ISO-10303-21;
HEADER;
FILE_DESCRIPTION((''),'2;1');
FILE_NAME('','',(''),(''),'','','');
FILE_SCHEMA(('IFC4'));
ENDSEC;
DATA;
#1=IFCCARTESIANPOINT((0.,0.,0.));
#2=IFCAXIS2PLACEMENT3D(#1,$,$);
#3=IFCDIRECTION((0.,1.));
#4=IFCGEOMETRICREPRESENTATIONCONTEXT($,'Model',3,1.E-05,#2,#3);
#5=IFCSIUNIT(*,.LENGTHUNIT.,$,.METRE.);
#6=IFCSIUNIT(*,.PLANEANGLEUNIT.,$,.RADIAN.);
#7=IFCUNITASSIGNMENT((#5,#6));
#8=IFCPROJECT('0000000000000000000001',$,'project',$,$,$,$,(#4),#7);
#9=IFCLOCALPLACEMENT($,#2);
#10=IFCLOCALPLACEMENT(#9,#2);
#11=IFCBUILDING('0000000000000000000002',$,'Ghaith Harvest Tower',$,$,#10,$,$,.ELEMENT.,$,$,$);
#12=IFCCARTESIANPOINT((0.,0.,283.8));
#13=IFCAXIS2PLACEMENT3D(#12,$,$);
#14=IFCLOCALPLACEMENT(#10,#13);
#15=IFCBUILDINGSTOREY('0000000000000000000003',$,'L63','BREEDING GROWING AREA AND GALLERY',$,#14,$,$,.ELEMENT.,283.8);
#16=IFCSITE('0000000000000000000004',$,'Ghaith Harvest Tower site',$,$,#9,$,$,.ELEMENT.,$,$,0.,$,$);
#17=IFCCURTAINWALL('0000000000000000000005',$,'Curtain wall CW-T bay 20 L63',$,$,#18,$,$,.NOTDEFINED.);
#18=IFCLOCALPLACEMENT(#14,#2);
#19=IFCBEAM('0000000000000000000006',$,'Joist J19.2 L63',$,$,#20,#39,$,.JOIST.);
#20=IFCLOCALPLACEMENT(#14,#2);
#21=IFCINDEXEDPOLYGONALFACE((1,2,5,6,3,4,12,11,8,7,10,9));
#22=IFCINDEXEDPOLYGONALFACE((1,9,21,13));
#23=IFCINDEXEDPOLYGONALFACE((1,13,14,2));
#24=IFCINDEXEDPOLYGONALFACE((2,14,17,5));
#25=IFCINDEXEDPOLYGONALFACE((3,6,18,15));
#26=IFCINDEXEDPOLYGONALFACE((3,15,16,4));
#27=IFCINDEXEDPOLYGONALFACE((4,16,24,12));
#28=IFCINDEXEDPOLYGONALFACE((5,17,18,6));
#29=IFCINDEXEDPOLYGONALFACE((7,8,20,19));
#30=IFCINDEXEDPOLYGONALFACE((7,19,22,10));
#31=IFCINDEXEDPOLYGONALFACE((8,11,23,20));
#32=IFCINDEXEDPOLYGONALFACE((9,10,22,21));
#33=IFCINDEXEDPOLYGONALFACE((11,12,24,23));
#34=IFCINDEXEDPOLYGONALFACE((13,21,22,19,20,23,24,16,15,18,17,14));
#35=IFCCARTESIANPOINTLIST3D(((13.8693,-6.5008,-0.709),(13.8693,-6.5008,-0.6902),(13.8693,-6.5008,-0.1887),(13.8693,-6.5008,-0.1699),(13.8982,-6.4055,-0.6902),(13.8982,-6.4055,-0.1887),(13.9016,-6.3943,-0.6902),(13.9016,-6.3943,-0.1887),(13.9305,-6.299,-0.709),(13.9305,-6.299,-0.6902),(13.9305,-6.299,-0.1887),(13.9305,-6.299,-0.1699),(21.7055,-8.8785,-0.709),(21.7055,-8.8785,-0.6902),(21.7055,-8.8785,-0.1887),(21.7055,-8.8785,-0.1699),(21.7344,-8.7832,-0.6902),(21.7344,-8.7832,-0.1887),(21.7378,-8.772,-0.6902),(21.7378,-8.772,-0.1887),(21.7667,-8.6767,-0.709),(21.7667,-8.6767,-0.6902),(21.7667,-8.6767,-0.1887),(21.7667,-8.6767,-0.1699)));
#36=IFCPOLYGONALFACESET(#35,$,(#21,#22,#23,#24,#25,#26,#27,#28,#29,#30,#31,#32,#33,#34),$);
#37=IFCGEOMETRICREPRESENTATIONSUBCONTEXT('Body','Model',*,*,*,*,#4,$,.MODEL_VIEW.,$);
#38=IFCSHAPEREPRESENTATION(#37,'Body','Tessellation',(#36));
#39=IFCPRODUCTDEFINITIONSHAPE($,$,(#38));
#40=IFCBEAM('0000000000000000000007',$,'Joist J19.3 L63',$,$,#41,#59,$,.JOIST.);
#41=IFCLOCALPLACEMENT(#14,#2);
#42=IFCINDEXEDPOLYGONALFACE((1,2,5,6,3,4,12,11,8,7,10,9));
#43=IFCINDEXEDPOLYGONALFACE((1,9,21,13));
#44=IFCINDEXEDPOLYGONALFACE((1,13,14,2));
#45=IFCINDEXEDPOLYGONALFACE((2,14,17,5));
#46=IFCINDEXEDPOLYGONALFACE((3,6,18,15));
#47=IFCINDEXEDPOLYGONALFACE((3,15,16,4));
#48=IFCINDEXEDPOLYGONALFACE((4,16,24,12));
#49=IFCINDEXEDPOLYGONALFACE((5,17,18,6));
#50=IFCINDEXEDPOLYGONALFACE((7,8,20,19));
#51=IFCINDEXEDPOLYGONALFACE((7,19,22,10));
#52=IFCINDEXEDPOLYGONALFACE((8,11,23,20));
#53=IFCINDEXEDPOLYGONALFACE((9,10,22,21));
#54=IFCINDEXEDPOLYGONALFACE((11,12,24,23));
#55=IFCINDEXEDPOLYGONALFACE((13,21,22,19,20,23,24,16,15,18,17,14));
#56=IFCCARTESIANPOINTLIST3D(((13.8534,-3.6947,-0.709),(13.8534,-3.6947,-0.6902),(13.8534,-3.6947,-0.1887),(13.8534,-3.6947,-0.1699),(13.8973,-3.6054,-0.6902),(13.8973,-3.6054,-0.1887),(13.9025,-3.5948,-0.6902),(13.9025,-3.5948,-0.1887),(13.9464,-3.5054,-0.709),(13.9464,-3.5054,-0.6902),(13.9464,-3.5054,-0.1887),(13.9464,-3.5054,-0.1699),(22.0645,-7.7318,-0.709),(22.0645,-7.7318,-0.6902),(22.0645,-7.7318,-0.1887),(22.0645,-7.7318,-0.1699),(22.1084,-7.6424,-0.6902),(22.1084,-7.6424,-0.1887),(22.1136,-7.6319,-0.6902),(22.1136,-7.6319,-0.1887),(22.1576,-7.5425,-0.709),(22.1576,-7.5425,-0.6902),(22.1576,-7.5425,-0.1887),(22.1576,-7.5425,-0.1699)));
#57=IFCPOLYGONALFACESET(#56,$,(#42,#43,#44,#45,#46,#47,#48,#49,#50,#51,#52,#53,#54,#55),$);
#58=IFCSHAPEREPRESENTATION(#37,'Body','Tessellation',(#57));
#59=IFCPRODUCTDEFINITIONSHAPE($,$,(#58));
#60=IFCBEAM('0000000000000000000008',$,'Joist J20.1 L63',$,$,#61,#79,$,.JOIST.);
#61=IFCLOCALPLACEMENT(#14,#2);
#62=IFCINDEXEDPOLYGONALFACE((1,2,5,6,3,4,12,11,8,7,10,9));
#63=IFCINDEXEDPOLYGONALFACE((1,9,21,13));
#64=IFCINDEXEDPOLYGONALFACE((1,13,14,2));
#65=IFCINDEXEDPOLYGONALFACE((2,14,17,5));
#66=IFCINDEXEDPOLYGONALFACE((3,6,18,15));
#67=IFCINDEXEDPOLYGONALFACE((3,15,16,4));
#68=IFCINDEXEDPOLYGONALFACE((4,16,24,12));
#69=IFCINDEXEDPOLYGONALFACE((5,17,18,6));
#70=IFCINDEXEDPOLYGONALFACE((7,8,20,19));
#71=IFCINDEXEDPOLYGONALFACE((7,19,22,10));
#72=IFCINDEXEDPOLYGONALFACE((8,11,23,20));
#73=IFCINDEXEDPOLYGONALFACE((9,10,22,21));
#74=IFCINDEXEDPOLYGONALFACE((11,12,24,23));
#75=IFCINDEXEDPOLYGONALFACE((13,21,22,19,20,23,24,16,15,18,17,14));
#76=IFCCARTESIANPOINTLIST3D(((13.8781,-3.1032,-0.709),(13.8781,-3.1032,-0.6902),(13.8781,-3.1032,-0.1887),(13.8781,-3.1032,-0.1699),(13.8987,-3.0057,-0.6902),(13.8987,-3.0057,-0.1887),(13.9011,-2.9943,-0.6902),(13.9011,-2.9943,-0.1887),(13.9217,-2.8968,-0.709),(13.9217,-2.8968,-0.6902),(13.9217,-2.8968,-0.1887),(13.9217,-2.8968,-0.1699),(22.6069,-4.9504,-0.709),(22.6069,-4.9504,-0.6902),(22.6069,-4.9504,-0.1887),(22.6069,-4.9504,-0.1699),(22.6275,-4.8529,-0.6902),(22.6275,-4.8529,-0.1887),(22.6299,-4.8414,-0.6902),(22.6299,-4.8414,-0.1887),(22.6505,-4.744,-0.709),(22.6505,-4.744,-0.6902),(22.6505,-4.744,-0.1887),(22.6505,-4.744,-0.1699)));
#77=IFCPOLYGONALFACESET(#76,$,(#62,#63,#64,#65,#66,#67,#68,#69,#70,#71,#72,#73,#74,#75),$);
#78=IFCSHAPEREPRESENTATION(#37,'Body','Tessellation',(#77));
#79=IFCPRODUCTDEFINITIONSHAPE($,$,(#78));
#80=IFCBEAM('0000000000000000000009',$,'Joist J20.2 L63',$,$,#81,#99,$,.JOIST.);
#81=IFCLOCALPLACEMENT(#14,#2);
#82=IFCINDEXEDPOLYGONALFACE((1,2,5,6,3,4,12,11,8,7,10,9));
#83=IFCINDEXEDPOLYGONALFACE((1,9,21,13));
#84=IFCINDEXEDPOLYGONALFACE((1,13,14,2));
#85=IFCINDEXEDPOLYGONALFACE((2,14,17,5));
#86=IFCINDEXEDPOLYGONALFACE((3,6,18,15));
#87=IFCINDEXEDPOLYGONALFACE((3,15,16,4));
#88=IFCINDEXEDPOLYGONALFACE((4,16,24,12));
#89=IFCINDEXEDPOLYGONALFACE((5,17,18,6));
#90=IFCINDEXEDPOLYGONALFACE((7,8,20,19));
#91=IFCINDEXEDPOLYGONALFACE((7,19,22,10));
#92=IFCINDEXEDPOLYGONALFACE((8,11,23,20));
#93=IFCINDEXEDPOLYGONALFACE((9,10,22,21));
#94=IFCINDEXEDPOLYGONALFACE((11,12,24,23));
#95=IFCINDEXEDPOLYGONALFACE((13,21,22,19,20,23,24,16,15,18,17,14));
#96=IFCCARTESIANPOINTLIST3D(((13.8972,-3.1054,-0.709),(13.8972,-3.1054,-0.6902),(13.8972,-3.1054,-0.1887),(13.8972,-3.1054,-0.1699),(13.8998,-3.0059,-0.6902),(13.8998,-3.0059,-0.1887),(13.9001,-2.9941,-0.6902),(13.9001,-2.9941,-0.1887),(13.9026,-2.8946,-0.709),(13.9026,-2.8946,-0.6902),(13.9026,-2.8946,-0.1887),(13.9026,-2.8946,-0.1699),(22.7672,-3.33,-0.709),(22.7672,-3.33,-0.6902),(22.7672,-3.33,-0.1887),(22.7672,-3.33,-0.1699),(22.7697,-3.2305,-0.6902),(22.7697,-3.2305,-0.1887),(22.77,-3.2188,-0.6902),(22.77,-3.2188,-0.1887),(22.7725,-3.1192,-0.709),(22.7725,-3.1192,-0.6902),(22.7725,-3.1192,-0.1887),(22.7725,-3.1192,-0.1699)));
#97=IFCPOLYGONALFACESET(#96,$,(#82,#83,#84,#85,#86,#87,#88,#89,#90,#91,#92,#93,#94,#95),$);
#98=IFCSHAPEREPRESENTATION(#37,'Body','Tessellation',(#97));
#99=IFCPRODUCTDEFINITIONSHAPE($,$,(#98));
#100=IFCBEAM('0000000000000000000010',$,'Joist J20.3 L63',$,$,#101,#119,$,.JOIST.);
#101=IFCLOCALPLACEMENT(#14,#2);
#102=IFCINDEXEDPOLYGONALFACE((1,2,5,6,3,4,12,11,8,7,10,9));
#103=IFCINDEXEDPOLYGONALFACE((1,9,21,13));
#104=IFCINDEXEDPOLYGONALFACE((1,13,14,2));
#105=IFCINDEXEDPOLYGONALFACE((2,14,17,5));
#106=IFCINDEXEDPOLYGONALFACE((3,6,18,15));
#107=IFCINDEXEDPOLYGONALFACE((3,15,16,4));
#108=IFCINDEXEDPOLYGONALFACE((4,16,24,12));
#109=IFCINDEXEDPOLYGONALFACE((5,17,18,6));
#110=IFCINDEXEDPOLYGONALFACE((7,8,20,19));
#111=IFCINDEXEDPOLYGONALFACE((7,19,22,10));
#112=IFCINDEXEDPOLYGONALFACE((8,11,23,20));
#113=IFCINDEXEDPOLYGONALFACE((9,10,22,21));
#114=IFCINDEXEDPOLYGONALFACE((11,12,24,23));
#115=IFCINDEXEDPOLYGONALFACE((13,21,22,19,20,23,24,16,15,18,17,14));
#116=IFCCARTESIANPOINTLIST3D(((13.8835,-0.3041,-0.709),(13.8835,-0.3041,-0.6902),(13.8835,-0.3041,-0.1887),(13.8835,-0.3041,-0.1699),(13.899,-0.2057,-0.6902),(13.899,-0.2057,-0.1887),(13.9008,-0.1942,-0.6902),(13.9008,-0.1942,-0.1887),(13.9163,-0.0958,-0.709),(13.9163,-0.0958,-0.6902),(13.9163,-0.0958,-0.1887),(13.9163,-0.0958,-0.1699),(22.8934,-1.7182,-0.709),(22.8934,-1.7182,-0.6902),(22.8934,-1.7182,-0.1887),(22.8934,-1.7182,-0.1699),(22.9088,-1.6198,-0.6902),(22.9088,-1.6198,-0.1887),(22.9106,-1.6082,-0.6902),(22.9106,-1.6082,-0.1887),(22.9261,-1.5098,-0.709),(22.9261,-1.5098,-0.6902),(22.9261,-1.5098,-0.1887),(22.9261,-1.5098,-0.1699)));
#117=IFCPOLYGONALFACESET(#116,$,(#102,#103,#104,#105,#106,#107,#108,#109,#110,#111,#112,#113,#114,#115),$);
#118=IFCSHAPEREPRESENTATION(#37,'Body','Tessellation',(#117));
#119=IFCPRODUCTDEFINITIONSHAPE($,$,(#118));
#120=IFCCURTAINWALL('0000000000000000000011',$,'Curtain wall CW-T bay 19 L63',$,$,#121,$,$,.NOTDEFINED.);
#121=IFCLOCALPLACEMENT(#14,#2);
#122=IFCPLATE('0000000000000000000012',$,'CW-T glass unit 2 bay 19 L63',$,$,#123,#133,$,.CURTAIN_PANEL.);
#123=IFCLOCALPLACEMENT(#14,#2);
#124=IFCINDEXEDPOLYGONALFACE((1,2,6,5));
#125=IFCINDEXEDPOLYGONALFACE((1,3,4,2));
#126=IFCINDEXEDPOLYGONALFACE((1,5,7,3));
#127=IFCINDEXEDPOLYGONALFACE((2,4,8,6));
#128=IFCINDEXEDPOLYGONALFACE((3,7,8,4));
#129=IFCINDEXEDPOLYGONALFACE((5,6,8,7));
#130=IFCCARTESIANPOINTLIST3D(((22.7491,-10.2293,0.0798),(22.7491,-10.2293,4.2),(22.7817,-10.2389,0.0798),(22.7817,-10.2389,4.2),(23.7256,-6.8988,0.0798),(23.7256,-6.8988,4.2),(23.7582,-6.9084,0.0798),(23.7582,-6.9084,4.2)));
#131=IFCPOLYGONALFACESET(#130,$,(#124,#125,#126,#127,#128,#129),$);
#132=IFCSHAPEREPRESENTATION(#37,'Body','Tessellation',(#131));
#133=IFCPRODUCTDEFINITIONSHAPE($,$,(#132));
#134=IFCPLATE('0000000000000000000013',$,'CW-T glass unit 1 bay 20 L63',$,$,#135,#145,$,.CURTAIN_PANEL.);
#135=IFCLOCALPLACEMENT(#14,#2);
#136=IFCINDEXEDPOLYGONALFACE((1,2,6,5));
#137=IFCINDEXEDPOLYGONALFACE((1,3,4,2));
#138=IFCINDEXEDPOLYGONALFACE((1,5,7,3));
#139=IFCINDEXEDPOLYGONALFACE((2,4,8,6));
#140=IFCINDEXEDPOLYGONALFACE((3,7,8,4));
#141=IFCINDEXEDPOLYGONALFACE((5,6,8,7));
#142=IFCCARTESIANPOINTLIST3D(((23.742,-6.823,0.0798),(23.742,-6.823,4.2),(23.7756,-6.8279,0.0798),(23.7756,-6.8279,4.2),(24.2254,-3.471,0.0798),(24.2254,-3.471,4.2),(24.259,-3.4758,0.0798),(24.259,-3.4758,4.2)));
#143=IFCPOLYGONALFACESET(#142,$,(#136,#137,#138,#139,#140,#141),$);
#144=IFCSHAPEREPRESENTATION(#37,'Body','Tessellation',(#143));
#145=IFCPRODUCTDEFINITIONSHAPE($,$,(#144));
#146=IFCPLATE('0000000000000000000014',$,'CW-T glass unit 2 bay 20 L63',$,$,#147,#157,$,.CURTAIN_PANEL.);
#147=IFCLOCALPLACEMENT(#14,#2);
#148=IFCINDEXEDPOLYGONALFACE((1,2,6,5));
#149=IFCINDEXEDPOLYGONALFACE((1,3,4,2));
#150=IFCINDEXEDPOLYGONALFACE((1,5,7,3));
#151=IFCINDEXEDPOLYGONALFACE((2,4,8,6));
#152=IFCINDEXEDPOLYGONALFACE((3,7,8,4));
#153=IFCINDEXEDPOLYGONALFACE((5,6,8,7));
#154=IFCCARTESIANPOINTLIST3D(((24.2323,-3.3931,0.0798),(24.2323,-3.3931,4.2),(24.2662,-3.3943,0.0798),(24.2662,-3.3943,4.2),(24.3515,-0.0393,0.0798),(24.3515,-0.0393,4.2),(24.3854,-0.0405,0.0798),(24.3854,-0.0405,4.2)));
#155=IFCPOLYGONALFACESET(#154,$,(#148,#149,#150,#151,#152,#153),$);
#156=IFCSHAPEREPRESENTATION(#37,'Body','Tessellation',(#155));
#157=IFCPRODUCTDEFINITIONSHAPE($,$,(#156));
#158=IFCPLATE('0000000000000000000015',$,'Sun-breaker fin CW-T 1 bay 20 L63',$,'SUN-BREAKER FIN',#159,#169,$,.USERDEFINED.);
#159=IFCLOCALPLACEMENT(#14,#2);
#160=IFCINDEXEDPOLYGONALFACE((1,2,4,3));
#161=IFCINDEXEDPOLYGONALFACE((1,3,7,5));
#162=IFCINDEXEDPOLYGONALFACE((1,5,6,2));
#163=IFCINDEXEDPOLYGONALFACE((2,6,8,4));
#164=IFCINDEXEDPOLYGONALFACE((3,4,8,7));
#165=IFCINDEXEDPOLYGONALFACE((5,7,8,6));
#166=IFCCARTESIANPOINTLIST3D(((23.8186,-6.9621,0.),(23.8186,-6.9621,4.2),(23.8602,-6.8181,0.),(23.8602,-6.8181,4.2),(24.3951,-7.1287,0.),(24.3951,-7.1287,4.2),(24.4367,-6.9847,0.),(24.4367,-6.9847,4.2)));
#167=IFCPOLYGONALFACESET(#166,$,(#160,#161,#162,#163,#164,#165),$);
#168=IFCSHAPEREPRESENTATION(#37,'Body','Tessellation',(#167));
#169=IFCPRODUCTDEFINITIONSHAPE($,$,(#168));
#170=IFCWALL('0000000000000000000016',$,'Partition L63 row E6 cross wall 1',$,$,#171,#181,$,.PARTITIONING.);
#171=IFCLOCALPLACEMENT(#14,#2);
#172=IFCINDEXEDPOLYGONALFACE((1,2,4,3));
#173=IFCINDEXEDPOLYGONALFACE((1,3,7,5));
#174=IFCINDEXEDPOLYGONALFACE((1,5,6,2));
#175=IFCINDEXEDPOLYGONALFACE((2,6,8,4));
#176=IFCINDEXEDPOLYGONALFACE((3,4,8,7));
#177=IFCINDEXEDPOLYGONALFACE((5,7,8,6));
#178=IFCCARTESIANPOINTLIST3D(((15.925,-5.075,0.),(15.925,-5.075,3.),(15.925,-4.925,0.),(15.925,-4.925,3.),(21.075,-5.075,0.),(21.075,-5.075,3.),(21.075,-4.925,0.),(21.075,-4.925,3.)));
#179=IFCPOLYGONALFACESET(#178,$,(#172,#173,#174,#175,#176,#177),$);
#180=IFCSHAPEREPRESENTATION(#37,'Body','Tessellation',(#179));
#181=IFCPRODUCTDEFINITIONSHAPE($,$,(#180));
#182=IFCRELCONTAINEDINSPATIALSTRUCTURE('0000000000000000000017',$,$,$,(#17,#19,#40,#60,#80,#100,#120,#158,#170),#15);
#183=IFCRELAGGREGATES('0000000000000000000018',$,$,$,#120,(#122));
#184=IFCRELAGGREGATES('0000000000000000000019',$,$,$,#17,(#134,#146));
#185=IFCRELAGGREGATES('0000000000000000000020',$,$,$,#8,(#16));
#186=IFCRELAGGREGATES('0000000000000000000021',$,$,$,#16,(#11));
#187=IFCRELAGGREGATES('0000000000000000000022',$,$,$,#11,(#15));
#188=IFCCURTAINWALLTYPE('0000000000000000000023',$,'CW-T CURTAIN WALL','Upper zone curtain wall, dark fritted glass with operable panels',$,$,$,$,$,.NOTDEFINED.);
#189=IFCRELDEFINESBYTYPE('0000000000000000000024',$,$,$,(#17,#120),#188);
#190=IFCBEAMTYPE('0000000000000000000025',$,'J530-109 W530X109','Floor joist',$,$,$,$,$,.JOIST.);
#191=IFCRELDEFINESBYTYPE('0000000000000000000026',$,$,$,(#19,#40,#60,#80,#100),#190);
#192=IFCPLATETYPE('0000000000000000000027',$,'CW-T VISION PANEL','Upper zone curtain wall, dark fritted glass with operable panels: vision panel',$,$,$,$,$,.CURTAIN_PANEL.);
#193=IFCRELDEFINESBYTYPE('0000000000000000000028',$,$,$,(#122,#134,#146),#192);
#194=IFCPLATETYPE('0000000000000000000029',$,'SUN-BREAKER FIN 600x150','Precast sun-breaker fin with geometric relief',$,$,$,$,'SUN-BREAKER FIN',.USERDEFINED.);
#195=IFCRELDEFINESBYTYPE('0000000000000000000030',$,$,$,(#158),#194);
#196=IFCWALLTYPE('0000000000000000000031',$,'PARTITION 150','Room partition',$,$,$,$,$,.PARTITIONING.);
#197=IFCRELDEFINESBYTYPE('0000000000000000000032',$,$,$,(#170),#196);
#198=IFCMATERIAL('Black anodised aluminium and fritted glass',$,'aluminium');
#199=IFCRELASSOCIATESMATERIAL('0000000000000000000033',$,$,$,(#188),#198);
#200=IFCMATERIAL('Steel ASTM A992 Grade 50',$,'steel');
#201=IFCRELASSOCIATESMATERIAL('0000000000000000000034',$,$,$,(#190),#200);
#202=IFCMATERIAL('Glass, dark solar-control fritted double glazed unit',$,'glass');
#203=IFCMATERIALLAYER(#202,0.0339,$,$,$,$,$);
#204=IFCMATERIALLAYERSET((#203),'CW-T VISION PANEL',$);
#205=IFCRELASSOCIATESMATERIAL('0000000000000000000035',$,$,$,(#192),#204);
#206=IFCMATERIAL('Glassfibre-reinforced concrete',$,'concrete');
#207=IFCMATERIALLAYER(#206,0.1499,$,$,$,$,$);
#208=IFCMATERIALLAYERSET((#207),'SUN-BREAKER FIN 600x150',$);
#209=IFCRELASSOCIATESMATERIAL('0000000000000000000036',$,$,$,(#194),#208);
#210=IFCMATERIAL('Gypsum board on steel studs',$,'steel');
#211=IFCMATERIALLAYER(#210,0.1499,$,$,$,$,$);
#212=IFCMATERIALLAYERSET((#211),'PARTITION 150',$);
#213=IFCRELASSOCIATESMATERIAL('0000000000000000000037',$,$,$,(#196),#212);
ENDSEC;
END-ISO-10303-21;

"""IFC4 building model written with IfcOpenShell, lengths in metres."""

from ifc_helpers import new_model, si_unit, direction, frame, frame_2d, origin, origin_2d, place, context, subcontext, project, spatial, rectangle, i_section, extrude, material, layer, layer_set, material_profile, profile_set, type_object, element, aggregate, save


model = new_model("IFC4")

# Units and contexts
model_context = context("Model", 3, precision=1e-05, world=origin(), true_north=direction((0.0, 1.0)))
body_context = subcontext(model_context, "Body", "Model", "MODEL_VIEW")
ifc_project = project(units=[si_unit("LENGTHUNIT", "METRE"), si_unit("PLANEANGLEUNIT", "RADIAN")], contexts=[model_context])

# Site, building, storey
site_placement = place(None, origin())
site = spatial("IfcSite", under=ifc_project, at=site_placement, Name="Ghaith Harvest Tower site", CompositionType="ELEMENT", RefElevation=0.0)
building_placement = place(site_placement, origin())
building = spatial("IfcBuilding", under=site, at=building_placement, Name="Ghaith Harvest Tower", CompositionType="ELEMENT")
storey_placement = place(building_placement, frame((0.0, 0.0, 283.8)))
storey = spatial("IfcBuildingStorey", under=building, at=storey_placement, Name="L63", Description="BREEDING GROWING AREA AND GALLERY", CompositionType="ELEMENT", Elevation=283.8)

# Curtain wall
ifc_material_1 = material(Name="Black anodised aluminium and fritted glass", Category="aluminium")
curtain_wall_type = type_object("IfcCurtainWallType", Name="CW-T CURTAIN WALL", Description="Upper zone curtain wall, dark fritted glass with operable panels", PredefinedType="NOTDEFINED", material=ifc_material_1)
curtain_wall_1_placement = place(storey_placement, origin())
curtain_wall_1 = element("IfcCurtainWall", 1, at=curtain_wall_1_placement, inside=storey, type_object=curtain_wall_type, Name="Curtain wall CW-T bay 20 L63", PredefinedType="NOTDEFINED")

# Beams
ifc_material_2 = material(Name="Steel ASTM A992 Grade 50", Category="steel")
ifc_material_profile_1 = material_profile(ifc_material_2, i_section(OverallWidth=0.2109, OverallDepth=0.5391, WebThickness=0.0117, FlangeThickness=0.0188, at=origin_2d()), Name="W530X109")
ifc_profile_set_1 = profile_set([ifc_material_profile_1], Name="Steel ASTM A992 Grade 50")
beam_type_1 = type_object("IfcBeamType", Name="J530-109 W530X109", Description="Floor joist", PredefinedType="JOIST", material=ifc_profile_set_1)
beam_1_placement = place(storey_placement, frame((13.8999, -6.3999, -0.4395), z_axis=(0.95692, -0.290352, 0.0), x_axis=(0.290352, 0.95692, 0.0)))
element("IfcBeam", 2, at=beam_1_placement, inside=storey, type_object=beam_type_1, Name="Joist J19.2 L63", PredefinedType="JOIST", context=body_context, shape_type="SweptSolid", body=[
    extrude(i_section(OverallWidth=0.2109, OverallDepth=0.5391, WebThickness=0.0117, FlangeThickness=0.0188, at=origin_2d()), origin(), (0.0, 0.0, 1.0), 8.189),
])
beam_2_placement = place(storey_placement, frame((13.8999, -3.6001, -0.4395), z_axis=(0.897401, -0.441216, 0.0), x_axis=(0.441216, 0.897401, 0.0)))
element("IfcBeam", 3, at=beam_2_placement, inside=storey, type_object=beam_type_1, Name="Joist J19.3 L63", PredefinedType="JOIST", context=body_context, shape_type="SweptSolid", body=[
    extrude(i_section(OverallWidth=0.2109, OverallDepth=0.5391, WebThickness=0.0117, FlangeThickness=0.0188, at=origin_2d()), origin(), (0.0, 0.0, 1.0), 9.1499),
])
beam_3_placement = place(storey_placement, frame((13.8999, -3.0, -0.4395), z_axis=(0.978334, -0.207034, 0.0), x_axis=(0.207034, 0.978334, 0.0)))
element("IfcBeam", 4, at=beam_3_placement, inside=storey, type_object=beam_type_1, Name="Joist J20.1 L63", PredefinedType="JOIST", context=body_context, shape_type="SweptSolid", body=[
    extrude(i_section(OverallWidth=0.2109, OverallDepth=0.5391, WebThickness=0.0117, FlangeThickness=0.0188, at=origin_2d()), origin(), (0.0, 0.0, 1.0), 8.9221),
])
beam_4_placement = place(storey_placement, frame((13.8999, -3.0, -0.4395), z_axis=(0.99968, -0.025315, 0.0), x_axis=(0.025315, 0.99968, 0.0)))
element("IfcBeam", 5, at=beam_4_placement, inside=storey, type_object=beam_type_1, Name="Joist J20.2 L63", PredefinedType="JOIST", context=body_context, shape_type="SweptSolid", body=[
    extrude(i_section(OverallWidth=0.2109, OverallDepth=0.5391, WebThickness=0.0117, FlangeThickness=0.0188, at=origin_2d()), origin(), (0.0, 0.0, 1.0), 8.8728),
])
beam_5_placement = place(storey_placement, frame((13.8999, -0.2, -0.4395), z_axis=(0.987907, -0.15505, 0.0), x_axis=(0.15505, 0.987907, 0.0)))
element("IfcBeam", 6, at=beam_5_placement, inside=storey, type_object=beam_type_1, Name="Joist J20.3 L63", PredefinedType="JOIST", context=body_context, shape_type="SweptSolid", body=[
    extrude(i_section(OverallWidth=0.2109, OverallDepth=0.5391, WebThickness=0.0117, FlangeThickness=0.0188, at=origin_2d()), origin(), (0.0, 0.0, 1.0), 9.1201),
])

# Curtain wall, plate
curtain_wall_2_placement = place(storey_placement, origin())
curtain_wall_2 = element("IfcCurtainWall", 7, at=curtain_wall_2_placement, inside=storey, type_object=curtain_wall_type, Name="Curtain wall CW-T bay 19 L63", PredefinedType="NOTDEFINED")
ifc_material_3 = material(Name="Glass, dark solar-control fritted double glazed unit", Category="glass")
ifc_layer_1 = layer(ifc_material_3, 0.0339)
ifc_layer_set_1 = layer_set([ifc_layer_1], Name="CW-T VISION PANEL")
plate_type_1 = type_object("IfcPlateType", Name="CW-T VISION PANEL", Description="Upper zone curtain wall, dark fritted glass with operable panels: vision panel", PredefinedType="CURTAIN_PANEL", material=ifc_layer_set_1)
plate_1_placement = place(storey_placement, frame((23.2537, -8.5688, 0.0798), z_axis=(0.0, 0.0, 1.0), x_axis=(0.281345, 0.959607, 0.0)))
plate_1 = element("IfcPlate", 8, at=plate_1_placement, type_object=plate_type_1, Name="CW-T glass unit 2 bay 19 L63", PredefinedType="CURTAIN_PANEL", context=body_context, shape_type="SweptSolid", body=[
    extrude(rectangle(XDim=3.4707, YDim=0.0339, at=origin_2d()), origin(), (0.0, 0.0, 1.0), 4.1201),
])
aggregate(curtain_wall_2, [plate_1])

# Plates
plate_2_placement = place(storey_placement, frame((24.0005, -5.1494, 0.0798), z_axis=(0.0, 0.0, 1.0), x_axis=(0.14273, 0.989762, 0.0)))
plate_2 = element("IfcPlate", 9, at=plate_2_placement, type_object=plate_type_1, Name="CW-T glass unit 1 bay 20 L63", PredefinedType="CURTAIN_PANEL", context=body_context, shape_type="SweptSolid", body=[
    extrude(rectangle(XDim=3.3867, YDim=0.0339, at=origin_2d()), origin(), (0.0, 0.0, 1.0), 4.1201),
])
plate_3_placement = place(storey_placement, frame((24.3088, -1.7168, 0.0798), z_axis=(0.0, 0.0, 1.0), x_axis=(0.035536, 0.999368, 0.0)))
plate_3 = element("IfcPlate", 10, at=plate_3_placement, type_object=plate_type_1, Name="CW-T glass unit 2 bay 20 L63", PredefinedType="CURTAIN_PANEL", context=body_context, shape_type="SweptSolid", body=[
    extrude(rectangle(XDim=3.356, YDim=0.0339, at=origin_2d()), origin(), (0.0, 0.0, 1.0), 4.1201),
])
aggregate(curtain_wall_1, [plate_2, plate_3])
ifc_material_4 = material(Name="Glassfibre-reinforced concrete", Category="concrete")
ifc_layer_2 = layer(ifc_material_4, 0.1499)
ifc_layer_set_2 = layer_set([ifc_layer_2], Name="SUN-BREAKER FIN 600x150")
plate_type_2 = type_object("IfcPlateType", Name="SUN-BREAKER FIN 600x150", Description="Precast sun-breaker fin with geometric relief", ElementType="SUN-BREAKER FIN", PredefinedType="USERDEFINED", material=ifc_layer_set_2)
plate_4_placement = place(storey_placement, frame((24.1277, -6.9734, 0.0), z_axis=(0.0, 0.0, 1.0), x_axis=(0.96068, -0.277657, 0.0)))
element("IfcPlate", 11, at=plate_4_placement, inside=storey, type_object=plate_type_2, Name="Sun-breaker fin CW-T 1 bay 20 L63", ObjectType="SUN-BREAKER FIN", PredefinedType="USERDEFINED", context=body_context, shape_type="SweptSolid", body=[
    extrude(rectangle(XDim=0.6001, YDim=0.1499, at=origin_2d()), origin(), (0.0, 0.0, 1.0), 4.2),
])

# Wall
ifc_material_5 = material(Name="Gypsum board on steel studs", Category="steel")
ifc_layer_3 = layer(ifc_material_5, 0.1499)
ifc_layer_set_3 = layer_set([ifc_layer_3], Name="PARTITION 150")
wall_type_1 = type_object("IfcWallType", Name="PARTITION 150", Description="Room partition", PredefinedType="PARTITIONING", material=ifc_layer_set_3)
wall_1_placement = place(storey_placement, frame((15.925, -5.0, 0.0), z_axis=(0.0, 0.0, 1.0), x_axis=(1.0, 0.0, 0.0)))
element("IfcWall", 12, at=wall_1_placement, inside=storey, type_object=wall_type_1, Name="Partition L63 row E6 cross wall 1", PredefinedType="PARTITIONING", context=body_context, shape_type="SweptSolid", body=[
    extrude(rectangle(XDim=5.1499, YDim=0.1499, at=frame_2d((2.575, 0.0))), origin(), (0.0, 0.0, 1.0), 3.0),
])

save(model, "model.ifc")
